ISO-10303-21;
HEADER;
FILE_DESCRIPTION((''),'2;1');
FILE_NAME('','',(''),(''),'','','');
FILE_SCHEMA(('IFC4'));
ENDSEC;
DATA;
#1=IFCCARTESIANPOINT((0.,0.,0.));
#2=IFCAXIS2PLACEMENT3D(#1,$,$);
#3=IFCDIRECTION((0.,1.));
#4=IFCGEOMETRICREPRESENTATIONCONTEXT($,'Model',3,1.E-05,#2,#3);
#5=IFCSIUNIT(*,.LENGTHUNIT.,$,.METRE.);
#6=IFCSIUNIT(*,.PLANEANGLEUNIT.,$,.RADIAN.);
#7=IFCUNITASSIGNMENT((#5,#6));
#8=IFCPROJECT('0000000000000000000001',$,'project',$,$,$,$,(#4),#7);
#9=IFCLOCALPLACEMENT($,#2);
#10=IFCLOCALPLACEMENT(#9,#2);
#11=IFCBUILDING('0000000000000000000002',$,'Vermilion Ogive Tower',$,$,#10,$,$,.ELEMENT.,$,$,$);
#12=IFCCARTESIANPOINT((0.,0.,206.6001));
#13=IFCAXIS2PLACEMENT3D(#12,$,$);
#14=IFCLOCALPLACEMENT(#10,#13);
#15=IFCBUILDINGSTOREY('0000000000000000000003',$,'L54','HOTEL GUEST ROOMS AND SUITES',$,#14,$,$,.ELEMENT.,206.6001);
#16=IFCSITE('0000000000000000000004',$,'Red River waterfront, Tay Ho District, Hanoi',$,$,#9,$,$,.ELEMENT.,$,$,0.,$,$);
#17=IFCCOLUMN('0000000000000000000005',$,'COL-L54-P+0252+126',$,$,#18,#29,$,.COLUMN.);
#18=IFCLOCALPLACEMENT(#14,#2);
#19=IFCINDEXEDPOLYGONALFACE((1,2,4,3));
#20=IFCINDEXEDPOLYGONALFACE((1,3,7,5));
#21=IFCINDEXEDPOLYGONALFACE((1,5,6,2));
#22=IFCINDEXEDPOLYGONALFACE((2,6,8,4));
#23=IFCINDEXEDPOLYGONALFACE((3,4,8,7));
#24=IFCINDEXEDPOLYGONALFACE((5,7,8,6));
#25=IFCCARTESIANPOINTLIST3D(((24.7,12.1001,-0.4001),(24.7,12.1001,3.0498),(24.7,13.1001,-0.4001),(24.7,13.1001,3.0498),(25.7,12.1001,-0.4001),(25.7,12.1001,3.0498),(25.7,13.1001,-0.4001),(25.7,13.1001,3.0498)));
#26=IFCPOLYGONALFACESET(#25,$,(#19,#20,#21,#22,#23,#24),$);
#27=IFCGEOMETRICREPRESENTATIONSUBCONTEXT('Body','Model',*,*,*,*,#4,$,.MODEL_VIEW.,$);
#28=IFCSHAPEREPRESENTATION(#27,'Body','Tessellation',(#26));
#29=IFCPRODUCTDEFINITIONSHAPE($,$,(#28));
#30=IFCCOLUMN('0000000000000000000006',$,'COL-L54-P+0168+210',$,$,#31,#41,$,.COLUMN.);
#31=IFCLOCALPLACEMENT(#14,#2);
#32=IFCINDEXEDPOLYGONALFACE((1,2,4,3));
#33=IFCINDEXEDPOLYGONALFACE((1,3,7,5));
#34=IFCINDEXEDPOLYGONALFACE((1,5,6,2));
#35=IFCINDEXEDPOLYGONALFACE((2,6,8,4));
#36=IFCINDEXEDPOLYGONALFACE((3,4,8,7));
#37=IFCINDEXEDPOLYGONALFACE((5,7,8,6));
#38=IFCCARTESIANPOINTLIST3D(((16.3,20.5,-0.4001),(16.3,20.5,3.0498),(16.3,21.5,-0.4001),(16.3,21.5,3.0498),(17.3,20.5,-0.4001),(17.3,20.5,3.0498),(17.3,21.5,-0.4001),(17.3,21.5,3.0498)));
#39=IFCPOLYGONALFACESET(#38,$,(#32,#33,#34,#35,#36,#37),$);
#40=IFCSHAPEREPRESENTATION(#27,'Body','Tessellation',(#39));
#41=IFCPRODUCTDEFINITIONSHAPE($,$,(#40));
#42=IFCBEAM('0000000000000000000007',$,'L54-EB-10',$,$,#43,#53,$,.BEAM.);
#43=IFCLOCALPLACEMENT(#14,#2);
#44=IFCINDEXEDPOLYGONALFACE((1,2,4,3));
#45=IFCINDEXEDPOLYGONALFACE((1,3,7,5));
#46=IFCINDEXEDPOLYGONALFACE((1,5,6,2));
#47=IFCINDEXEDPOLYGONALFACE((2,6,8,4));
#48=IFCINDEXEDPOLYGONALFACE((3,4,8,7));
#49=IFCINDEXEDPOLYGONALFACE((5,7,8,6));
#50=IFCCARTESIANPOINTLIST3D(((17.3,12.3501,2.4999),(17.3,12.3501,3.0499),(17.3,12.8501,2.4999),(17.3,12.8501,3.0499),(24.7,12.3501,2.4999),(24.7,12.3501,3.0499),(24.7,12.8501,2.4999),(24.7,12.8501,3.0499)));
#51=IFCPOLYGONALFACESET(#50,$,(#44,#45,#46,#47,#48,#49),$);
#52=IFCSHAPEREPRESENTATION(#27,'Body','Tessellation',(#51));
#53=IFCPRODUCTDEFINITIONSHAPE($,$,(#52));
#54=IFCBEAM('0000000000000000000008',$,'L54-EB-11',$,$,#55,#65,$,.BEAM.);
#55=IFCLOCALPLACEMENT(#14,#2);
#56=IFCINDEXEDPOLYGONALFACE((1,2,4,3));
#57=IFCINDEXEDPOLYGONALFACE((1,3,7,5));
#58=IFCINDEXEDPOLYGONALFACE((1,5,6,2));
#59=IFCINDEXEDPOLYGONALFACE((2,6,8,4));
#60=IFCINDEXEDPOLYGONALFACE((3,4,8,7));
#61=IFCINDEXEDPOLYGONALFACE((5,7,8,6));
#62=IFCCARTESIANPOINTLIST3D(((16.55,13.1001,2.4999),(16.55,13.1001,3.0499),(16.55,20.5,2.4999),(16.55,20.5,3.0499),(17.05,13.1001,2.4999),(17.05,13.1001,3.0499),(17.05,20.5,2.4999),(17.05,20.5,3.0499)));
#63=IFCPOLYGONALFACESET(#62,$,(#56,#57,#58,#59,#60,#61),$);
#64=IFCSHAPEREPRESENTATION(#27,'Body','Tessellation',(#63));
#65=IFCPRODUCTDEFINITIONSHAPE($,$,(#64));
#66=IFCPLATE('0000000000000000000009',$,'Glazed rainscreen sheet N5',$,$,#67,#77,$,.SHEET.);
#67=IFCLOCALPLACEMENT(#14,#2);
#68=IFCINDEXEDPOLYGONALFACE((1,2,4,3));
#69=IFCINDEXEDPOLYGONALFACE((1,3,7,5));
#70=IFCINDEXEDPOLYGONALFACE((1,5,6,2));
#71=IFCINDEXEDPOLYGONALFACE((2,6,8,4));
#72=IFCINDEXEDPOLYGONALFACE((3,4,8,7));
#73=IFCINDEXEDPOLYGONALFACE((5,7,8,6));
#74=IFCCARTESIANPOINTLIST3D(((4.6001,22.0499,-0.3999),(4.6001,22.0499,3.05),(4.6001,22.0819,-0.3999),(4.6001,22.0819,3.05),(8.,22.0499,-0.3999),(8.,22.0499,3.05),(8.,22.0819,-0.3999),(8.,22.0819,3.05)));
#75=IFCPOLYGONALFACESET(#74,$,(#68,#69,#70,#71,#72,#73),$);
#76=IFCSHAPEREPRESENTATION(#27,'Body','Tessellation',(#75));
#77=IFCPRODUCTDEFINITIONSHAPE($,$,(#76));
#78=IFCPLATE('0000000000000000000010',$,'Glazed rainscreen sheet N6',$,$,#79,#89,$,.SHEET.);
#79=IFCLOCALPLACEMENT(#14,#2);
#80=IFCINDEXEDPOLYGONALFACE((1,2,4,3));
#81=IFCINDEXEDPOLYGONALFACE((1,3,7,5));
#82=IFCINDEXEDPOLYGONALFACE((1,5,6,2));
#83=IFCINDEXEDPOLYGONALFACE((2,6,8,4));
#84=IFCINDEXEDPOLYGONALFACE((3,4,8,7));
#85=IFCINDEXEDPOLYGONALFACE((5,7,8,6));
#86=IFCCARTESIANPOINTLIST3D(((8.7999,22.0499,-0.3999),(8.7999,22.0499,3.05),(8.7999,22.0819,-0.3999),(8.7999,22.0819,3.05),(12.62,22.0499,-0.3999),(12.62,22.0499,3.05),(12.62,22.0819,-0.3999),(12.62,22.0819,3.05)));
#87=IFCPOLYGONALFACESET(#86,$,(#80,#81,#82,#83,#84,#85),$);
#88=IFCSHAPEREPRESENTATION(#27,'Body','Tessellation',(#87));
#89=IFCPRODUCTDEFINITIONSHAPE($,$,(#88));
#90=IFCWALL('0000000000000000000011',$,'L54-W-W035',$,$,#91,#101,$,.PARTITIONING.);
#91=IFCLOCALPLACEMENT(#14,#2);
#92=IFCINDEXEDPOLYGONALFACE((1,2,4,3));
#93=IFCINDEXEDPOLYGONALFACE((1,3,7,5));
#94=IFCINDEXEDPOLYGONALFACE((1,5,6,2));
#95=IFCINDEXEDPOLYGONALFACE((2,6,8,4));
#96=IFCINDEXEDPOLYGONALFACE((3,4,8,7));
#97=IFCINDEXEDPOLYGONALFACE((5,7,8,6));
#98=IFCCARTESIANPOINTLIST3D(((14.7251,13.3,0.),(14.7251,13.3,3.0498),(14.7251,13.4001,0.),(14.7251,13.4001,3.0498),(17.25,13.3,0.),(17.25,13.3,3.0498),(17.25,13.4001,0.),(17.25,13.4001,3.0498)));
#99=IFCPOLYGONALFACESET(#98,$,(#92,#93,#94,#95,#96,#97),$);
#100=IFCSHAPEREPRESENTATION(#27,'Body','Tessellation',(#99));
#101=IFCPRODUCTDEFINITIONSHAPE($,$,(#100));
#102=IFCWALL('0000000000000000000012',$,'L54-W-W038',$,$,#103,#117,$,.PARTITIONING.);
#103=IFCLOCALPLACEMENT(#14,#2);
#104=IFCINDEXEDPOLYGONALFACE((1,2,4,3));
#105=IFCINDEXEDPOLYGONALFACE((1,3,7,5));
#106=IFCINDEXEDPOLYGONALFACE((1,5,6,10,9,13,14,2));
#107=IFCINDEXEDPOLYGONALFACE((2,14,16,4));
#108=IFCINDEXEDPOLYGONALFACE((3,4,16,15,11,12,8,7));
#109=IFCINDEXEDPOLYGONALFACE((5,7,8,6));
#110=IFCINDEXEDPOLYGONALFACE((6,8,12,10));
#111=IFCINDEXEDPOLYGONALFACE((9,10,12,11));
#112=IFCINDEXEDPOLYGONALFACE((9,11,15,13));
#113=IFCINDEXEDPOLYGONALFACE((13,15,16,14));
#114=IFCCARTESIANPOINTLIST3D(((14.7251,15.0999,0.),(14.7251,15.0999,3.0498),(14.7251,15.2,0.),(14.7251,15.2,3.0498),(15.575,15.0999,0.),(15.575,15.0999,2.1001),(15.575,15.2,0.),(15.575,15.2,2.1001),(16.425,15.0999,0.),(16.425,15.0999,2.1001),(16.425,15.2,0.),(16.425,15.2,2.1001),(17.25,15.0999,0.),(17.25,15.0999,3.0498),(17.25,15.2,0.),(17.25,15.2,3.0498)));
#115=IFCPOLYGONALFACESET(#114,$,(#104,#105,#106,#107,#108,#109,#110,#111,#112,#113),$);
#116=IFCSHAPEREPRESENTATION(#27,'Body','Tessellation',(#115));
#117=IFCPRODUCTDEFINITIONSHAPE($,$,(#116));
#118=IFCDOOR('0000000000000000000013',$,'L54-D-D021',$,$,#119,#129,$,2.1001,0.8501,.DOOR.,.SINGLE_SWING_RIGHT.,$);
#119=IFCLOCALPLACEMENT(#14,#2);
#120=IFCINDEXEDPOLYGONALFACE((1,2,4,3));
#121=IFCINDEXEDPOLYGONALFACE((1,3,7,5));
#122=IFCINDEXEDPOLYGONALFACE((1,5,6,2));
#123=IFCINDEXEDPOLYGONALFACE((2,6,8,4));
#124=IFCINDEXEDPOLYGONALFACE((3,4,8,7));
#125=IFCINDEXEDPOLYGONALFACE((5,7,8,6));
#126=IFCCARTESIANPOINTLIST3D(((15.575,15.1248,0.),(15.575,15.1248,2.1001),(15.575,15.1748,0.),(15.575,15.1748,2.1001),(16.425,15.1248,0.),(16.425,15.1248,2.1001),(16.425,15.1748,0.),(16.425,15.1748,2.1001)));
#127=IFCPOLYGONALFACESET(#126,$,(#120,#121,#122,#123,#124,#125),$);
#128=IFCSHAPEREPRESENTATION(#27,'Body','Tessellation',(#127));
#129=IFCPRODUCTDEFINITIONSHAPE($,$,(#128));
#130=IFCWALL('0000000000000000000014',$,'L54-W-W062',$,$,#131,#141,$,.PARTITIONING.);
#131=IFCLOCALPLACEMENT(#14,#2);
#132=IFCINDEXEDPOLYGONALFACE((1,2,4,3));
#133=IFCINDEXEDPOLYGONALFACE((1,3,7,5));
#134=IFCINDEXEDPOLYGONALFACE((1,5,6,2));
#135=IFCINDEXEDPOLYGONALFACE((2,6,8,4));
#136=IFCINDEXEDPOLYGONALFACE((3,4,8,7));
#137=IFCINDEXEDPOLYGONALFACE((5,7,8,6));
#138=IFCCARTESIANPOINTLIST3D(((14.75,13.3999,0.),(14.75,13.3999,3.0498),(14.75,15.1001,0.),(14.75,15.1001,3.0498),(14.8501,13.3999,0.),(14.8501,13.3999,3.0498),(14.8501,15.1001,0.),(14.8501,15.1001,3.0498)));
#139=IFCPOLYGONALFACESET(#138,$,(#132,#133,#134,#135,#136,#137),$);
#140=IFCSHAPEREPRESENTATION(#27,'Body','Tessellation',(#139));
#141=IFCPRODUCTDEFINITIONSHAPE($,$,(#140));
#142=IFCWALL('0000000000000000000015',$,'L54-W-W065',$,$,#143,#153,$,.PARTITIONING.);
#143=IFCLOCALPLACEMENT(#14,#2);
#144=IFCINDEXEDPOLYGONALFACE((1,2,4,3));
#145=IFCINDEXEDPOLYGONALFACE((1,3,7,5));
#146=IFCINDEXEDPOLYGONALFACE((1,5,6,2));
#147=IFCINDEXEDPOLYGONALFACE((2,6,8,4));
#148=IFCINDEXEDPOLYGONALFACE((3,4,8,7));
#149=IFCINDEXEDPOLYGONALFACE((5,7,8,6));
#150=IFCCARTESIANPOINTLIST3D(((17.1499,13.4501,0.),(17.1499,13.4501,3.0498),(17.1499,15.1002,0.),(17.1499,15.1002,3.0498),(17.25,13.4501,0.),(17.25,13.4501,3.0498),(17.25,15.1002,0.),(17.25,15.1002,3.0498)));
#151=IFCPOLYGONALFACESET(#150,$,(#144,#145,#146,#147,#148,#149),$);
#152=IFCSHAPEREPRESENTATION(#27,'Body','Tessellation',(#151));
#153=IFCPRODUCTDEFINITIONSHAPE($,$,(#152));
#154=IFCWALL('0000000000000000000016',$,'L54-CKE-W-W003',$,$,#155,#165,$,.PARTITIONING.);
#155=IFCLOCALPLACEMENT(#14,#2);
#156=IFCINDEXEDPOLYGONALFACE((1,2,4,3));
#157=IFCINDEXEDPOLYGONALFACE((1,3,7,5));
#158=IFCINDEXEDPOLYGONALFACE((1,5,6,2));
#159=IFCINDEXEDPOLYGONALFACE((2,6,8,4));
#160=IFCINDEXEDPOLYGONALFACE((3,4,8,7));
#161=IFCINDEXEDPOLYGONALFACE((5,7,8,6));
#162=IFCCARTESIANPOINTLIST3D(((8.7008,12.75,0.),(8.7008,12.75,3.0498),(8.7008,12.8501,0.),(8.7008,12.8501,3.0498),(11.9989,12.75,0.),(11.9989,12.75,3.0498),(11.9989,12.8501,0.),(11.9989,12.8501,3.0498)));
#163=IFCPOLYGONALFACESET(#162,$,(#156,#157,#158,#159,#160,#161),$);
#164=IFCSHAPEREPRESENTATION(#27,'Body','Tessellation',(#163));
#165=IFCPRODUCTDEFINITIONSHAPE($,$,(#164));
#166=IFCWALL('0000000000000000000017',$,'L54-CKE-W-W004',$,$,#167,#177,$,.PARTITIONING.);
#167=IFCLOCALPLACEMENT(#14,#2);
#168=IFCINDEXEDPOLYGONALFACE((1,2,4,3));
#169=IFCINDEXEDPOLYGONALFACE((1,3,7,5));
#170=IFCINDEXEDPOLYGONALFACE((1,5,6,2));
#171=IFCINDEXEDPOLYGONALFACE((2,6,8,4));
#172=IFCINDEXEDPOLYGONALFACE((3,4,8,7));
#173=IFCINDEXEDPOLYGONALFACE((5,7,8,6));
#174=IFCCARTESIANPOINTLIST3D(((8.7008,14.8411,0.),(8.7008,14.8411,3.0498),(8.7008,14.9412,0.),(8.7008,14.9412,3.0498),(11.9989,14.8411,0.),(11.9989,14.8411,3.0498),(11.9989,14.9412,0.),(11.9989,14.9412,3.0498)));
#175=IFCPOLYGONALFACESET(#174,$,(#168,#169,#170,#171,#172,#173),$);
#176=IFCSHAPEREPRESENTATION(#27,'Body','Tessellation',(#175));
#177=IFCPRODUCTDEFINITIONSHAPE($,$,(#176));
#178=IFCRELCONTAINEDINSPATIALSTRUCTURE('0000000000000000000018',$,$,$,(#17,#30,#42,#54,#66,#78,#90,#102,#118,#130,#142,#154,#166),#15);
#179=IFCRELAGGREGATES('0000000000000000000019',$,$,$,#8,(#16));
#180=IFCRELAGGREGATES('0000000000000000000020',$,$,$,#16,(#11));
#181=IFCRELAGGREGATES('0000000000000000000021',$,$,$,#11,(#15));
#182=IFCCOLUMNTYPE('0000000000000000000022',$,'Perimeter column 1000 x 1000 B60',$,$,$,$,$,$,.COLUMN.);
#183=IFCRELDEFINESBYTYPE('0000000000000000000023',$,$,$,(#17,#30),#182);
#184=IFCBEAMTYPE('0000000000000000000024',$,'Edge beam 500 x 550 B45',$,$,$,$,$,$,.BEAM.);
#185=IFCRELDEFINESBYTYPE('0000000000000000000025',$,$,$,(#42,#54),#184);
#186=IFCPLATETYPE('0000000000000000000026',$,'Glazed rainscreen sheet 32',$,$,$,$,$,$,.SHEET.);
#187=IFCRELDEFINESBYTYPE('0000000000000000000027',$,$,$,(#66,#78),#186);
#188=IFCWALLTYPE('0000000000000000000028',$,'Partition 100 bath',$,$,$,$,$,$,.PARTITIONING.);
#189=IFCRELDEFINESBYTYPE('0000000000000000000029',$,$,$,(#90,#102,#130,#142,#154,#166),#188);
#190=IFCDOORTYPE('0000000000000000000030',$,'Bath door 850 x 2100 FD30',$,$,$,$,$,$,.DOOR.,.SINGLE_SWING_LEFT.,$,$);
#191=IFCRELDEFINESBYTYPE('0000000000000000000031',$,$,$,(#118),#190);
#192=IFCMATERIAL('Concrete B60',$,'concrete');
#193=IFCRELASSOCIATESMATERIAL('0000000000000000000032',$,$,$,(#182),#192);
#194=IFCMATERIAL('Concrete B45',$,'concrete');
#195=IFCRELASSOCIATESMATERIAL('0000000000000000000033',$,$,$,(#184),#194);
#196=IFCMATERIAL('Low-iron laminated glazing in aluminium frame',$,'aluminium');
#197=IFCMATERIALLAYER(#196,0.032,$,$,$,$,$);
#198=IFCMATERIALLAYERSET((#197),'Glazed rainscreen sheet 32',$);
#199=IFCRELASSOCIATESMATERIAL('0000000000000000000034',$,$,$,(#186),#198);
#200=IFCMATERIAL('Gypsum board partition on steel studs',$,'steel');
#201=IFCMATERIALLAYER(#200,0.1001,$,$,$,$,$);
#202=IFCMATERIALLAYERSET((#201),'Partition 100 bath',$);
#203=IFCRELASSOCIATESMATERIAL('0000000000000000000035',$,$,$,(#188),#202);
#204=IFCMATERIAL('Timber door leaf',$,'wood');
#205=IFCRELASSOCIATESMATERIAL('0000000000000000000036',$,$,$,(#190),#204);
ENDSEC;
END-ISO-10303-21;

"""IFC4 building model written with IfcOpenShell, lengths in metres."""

from ifc_helpers import new_model, si_unit, direction, frame, frame_2d, origin, origin_2d, place, context, subcontext, project, spatial, rectangle, extrude, material, layer, layer_set, material_profile, profile_set, type_object, element, fill, save


model = new_model("IFC4")

# Units and contexts
model_context = context("Model", 3, precision=1e-05, world=origin(), true_north=direction((0.0, 1.0)))
body_context = subcontext(model_context, "Body", "Model", "MODEL_VIEW")
ifc_project = project(units=[si_unit("LENGTHUNIT", "METRE"), si_unit("PLANEANGLEUNIT", "RADIAN")], contexts=[model_context])

# Site, building, storey
site_placement = place(None, origin())
site = spatial("IfcSite", under=ifc_project, at=site_placement, Name="Red River waterfront, Tay Ho District, Hanoi", CompositionType="ELEMENT", RefElevation=0.0)
building_placement = place(site_placement, origin())
building = spatial("IfcBuilding", under=site, at=building_placement, Name="Vermilion Ogive Tower", CompositionType="ELEMENT")
storey_placement = place(building_placement, frame((0.0, 0.0, 206.6001)))
storey = spatial("IfcBuildingStorey", under=building, at=storey_placement, Name="L54", Description="HOTEL GUEST ROOMS AND SUITES", CompositionType="ELEMENT", Elevation=206.6001)

# Columns
ifc_material_1 = material(Name="Concrete B60", Category="concrete")
ifc_material_profile_1 = material_profile(ifc_material_1, rectangle(XDim=1.0, YDim=1.0, at=origin_2d()), Name="1000 x 1000")
ifc_profile_set_1 = profile_set([ifc_material_profile_1], Name="Concrete B60")
column_type = type_object("IfcColumnType", Name="Perimeter column 1000 x 1000 B60", PredefinedType="COLUMN", material=ifc_profile_set_1)
for number, where, z_axis, x_axis, name in (
    (1, (25.2, 12.6001, -0.4001), (0.0, 0.0, 1.0), (1.0, 0.0, 0.0), "COL-L54-P+0252+126"),
    (2, (16.8, 21.0, -0.4001), (0.0, 0.0, 1.0), (1.0, 0.0, 0.0), "COL-L54-P+0168+210"),
):
    element("IfcColumn", number, at=place(storey_placement, frame(where, z_axis=z_axis, x_axis=x_axis)), inside=storey, type_object=column_type, Name=name, PredefinedType="COLUMN", context=body_context, shape_type="SweptSolid", body=[
        extrude(rectangle(XDim=1.0, YDim=1.0, at=origin_2d()), origin(), (0.0, 0.0, 1.0), 3.45),
    ])

# Beams
ifc_material_2 = material(Name="Concrete B45", Category="concrete")
ifc_material_profile_2 = material_profile(ifc_material_2, rectangle(XDim=0.5, YDim=0.55, at=origin_2d()), Name="500 x 550")
ifc_profile_set_2 = profile_set([ifc_material_profile_2], Name="Concrete B45")
beam_type = type_object("IfcBeamType", Name="Edge beam 500 x 550 B45", PredefinedType="BEAM", material=ifc_profile_set_2)
for number, where, z_axis, x_axis, name in (
    (3, (24.7, 12.6001, 2.7749), (-1.0, 0.0, 0.0), (0.0, -1.0, 0.0), "L54-EB-10"),
    (4, (16.8, 13.1001, 2.7749), (0.0, 1.0, 0.0), (-1.0, 0.0, 0.0), "L54-EB-11"),
):
    element("IfcBeam", number, at=place(storey_placement, frame(where, z_axis=z_axis, x_axis=x_axis)), inside=storey, type_object=beam_type, Name=name, PredefinedType="BEAM", context=body_context, shape_type="SweptSolid", body=[
        extrude(rectangle(XDim=0.5, YDim=0.55, at=origin_2d()), origin(), (0.0, 0.0, 1.0), 7.3999),
    ])

# Plates
ifc_material_3 = material(Name="Low-iron laminated glazing in aluminium frame", Category="aluminium")
ifc_layer_1 = layer(ifc_material_3, 0.032)
ifc_layer_set_1 = layer_set([ifc_layer_1], Name="Glazed rainscreen sheet 32")
plate_type = type_object("IfcPlateType", Name="Glazed rainscreen sheet 32", PredefinedType="SHEET", material=ifc_layer_set_1)
plate_1_placement = place(storey_placement, frame((6.3, 22.0659, -0.3999), z_axis=(0.0, 0.0, 1.0), x_axis=(1.0, 0.0, 0.0)))
element("IfcPlate", 5, at=plate_1_placement, inside=storey, type_object=plate_type, Name="Glazed rainscreen sheet N5", PredefinedType="SHEET", context=body_context, shape_type="SweptSolid", body=[
    extrude(rectangle(XDim=3.3999, YDim=0.032, at=origin_2d()), origin(), (0.0, 0.0, 1.0), 3.45),
])
plate_2_placement = place(storey_placement, frame((10.71, 22.0659, -0.3999), z_axis=(0.0, 0.0, 1.0), x_axis=(1.0, 0.0, 0.0)))
element("IfcPlate", 6, at=plate_2_placement, inside=storey, type_object=plate_type, Name="Glazed rainscreen sheet N6", PredefinedType="SHEET", context=body_context, shape_type="SweptSolid", body=[
    extrude(rectangle(XDim=3.8201, YDim=0.032, at=origin_2d()), origin(), (0.0, 0.0, 1.0), 3.45),
])

# Wall
ifc_material_4 = material(Name="Gypsum board partition on steel studs", Category="steel")
ifc_layer_2 = layer(ifc_material_4, 0.1001)
ifc_layer_set_2 = layer_set([ifc_layer_2], Name="Partition 100 bath")
wall_type_1 = type_object("IfcWallType", Name="Partition 100 bath", PredefinedType="PARTITIONING", material=ifc_layer_set_2)
wall_1_placement = place(storey_placement, frame((14.7251, 13.3501, 0.0), z_axis=(0.0, 0.0, 1.0), x_axis=(1.0, 0.0, 0.0)))
element("IfcWall", 7, at=wall_1_placement, inside=storey, type_object=wall_type_1, Name="L54-W-W035", PredefinedType="PARTITIONING", context=body_context, shape_type="SweptSolid", body=[
    extrude(rectangle(XDim=2.5249, YDim=0.1001, at=frame_2d((1.2625, 0.0))), origin(), (0.0, 0.0, 1.0), 3.0498),
])

# Wall, opening, door
wall_2_placement = place(storey_placement, frame((14.7251, 15.1499, 0.0), z_axis=(0.0, 0.0, 1.0), x_axis=(1.0, 0.0, 0.0)))
wall_2 = element("IfcWall", 8, at=wall_2_placement, inside=storey, type_object=wall_type_1, Name="L54-W-W038", PredefinedType="PARTITIONING", context=body_context, shape_type="SweptSolid", body=[
    extrude(rectangle(XDim=2.5249, YDim=0.1001, at=frame_2d((1.2625, 0.0))), origin(), (0.0, 0.0, 1.0), 3.0498),
])
opening_1_placement = place(wall_2_placement, frame((0.8499, 0.0, 0.0)))
opening_1 = element("IfcOpeningElement", 9, at=opening_1_placement, cuts=wall_2, PredefinedType="OPENING", context=body_context, shape_type="SweptSolid", body=[
    extrude(rectangle(XDim=0.8501, YDim=2.1001, at=frame_2d((0.425, 1.05))), frame((0.0, 0.0601, 0.0), z_axis=(0.0, -1.0, 0.0), x_axis=(1.0, 0.0, 0.0)), (0.0, 0.0, 1.0), 0.1201),
])
ifc_material_5 = material(Name="Timber door leaf", Category="wood")
door_type_1 = type_object("IfcDoorType", Name="Bath door 850 x 2100 FD30", OperationType="SINGLE_SWING_LEFT", PredefinedType="DOOR", material=ifc_material_5)
door_1_placement = place(opening_1_placement, origin())
door_1 = element("IfcDoor", 10, at=door_1_placement, inside=storey, type_object=door_type_1, Name="L54-D-D021", OperationType="SINGLE_SWING_RIGHT", OverallHeight=2.1001, OverallWidth=0.8501, PredefinedType="DOOR", context=body_context, shape_type="SweptSolid", body=[
    extrude(rectangle(XDim=0.8501, YDim=2.1001, at=frame_2d((0.425, 1.05))), frame((0.0, 0.0249, 0.0), z_axis=(0.0, -1.0, 0.0), x_axis=(1.0, 0.0, 0.0)), (0.0, 0.0, 1.0), 0.05),
])
fill(opening_1, door_1)

# Walls
wall_3_placement = place(storey_placement, frame((14.8, 13.3999, 0.0), z_axis=(0.0, 0.0, 1.0), x_axis=(0.0, 1.0, 0.0)))
element("IfcWall", 11, at=wall_3_placement, inside=storey, type_object=wall_type_1, Name="L54-W-W062", PredefinedType="PARTITIONING", context=body_context, shape_type="SweptSolid", body=[
    extrude(rectangle(XDim=1.7002, YDim=0.1001, at=frame_2d((0.8501, 0.0))), origin(), (0.0, 0.0, 1.0), 3.0498),
])
wall_4_placement = place(storey_placement, frame((17.2, 13.45, 0.0), z_axis=(0.0, 0.0, 1.0), x_axis=(0.0, 1.0, 0.0)))
element("IfcWall", 12, at=wall_4_placement, inside=storey, type_object=wall_type_1, Name="L54-W-W065", PredefinedType="PARTITIONING", context=body_context, shape_type="SweptSolid", body=[
    extrude(rectangle(XDim=1.6501, YDim=0.1001, at=frame_2d((0.8252, 0.0))), origin(), (0.0, 0.0, 1.0), 3.0498),
])
for number, where, z_axis, x_axis, name in (
    (13, (8.7009, 12.8, 0.0), (0.0, 0.0, 1.0), (1.0, 0.0, 0.0), "L54-CKE-W-W003"),
    (14, (8.7009, 14.8911, 0.0), (0.0, 0.0, 1.0), (1.0, 0.0, 0.0), "L54-CKE-W-W004"),
):
    element("IfcWall", number, at=place(storey_placement, frame(where, z_axis=z_axis, x_axis=x_axis)), inside=storey, type_object=wall_type_1, Name=name, PredefinedType="PARTITIONING", context=body_context, shape_type="SweptSolid", body=[
        extrude(rectangle(XDim=3.2981, YDim=0.1001, at=frame_2d((1.6489, 0.0))), origin(), (0.0, 0.0, 1.0), 3.0498),
    ])

save(model, "model.ifc")
